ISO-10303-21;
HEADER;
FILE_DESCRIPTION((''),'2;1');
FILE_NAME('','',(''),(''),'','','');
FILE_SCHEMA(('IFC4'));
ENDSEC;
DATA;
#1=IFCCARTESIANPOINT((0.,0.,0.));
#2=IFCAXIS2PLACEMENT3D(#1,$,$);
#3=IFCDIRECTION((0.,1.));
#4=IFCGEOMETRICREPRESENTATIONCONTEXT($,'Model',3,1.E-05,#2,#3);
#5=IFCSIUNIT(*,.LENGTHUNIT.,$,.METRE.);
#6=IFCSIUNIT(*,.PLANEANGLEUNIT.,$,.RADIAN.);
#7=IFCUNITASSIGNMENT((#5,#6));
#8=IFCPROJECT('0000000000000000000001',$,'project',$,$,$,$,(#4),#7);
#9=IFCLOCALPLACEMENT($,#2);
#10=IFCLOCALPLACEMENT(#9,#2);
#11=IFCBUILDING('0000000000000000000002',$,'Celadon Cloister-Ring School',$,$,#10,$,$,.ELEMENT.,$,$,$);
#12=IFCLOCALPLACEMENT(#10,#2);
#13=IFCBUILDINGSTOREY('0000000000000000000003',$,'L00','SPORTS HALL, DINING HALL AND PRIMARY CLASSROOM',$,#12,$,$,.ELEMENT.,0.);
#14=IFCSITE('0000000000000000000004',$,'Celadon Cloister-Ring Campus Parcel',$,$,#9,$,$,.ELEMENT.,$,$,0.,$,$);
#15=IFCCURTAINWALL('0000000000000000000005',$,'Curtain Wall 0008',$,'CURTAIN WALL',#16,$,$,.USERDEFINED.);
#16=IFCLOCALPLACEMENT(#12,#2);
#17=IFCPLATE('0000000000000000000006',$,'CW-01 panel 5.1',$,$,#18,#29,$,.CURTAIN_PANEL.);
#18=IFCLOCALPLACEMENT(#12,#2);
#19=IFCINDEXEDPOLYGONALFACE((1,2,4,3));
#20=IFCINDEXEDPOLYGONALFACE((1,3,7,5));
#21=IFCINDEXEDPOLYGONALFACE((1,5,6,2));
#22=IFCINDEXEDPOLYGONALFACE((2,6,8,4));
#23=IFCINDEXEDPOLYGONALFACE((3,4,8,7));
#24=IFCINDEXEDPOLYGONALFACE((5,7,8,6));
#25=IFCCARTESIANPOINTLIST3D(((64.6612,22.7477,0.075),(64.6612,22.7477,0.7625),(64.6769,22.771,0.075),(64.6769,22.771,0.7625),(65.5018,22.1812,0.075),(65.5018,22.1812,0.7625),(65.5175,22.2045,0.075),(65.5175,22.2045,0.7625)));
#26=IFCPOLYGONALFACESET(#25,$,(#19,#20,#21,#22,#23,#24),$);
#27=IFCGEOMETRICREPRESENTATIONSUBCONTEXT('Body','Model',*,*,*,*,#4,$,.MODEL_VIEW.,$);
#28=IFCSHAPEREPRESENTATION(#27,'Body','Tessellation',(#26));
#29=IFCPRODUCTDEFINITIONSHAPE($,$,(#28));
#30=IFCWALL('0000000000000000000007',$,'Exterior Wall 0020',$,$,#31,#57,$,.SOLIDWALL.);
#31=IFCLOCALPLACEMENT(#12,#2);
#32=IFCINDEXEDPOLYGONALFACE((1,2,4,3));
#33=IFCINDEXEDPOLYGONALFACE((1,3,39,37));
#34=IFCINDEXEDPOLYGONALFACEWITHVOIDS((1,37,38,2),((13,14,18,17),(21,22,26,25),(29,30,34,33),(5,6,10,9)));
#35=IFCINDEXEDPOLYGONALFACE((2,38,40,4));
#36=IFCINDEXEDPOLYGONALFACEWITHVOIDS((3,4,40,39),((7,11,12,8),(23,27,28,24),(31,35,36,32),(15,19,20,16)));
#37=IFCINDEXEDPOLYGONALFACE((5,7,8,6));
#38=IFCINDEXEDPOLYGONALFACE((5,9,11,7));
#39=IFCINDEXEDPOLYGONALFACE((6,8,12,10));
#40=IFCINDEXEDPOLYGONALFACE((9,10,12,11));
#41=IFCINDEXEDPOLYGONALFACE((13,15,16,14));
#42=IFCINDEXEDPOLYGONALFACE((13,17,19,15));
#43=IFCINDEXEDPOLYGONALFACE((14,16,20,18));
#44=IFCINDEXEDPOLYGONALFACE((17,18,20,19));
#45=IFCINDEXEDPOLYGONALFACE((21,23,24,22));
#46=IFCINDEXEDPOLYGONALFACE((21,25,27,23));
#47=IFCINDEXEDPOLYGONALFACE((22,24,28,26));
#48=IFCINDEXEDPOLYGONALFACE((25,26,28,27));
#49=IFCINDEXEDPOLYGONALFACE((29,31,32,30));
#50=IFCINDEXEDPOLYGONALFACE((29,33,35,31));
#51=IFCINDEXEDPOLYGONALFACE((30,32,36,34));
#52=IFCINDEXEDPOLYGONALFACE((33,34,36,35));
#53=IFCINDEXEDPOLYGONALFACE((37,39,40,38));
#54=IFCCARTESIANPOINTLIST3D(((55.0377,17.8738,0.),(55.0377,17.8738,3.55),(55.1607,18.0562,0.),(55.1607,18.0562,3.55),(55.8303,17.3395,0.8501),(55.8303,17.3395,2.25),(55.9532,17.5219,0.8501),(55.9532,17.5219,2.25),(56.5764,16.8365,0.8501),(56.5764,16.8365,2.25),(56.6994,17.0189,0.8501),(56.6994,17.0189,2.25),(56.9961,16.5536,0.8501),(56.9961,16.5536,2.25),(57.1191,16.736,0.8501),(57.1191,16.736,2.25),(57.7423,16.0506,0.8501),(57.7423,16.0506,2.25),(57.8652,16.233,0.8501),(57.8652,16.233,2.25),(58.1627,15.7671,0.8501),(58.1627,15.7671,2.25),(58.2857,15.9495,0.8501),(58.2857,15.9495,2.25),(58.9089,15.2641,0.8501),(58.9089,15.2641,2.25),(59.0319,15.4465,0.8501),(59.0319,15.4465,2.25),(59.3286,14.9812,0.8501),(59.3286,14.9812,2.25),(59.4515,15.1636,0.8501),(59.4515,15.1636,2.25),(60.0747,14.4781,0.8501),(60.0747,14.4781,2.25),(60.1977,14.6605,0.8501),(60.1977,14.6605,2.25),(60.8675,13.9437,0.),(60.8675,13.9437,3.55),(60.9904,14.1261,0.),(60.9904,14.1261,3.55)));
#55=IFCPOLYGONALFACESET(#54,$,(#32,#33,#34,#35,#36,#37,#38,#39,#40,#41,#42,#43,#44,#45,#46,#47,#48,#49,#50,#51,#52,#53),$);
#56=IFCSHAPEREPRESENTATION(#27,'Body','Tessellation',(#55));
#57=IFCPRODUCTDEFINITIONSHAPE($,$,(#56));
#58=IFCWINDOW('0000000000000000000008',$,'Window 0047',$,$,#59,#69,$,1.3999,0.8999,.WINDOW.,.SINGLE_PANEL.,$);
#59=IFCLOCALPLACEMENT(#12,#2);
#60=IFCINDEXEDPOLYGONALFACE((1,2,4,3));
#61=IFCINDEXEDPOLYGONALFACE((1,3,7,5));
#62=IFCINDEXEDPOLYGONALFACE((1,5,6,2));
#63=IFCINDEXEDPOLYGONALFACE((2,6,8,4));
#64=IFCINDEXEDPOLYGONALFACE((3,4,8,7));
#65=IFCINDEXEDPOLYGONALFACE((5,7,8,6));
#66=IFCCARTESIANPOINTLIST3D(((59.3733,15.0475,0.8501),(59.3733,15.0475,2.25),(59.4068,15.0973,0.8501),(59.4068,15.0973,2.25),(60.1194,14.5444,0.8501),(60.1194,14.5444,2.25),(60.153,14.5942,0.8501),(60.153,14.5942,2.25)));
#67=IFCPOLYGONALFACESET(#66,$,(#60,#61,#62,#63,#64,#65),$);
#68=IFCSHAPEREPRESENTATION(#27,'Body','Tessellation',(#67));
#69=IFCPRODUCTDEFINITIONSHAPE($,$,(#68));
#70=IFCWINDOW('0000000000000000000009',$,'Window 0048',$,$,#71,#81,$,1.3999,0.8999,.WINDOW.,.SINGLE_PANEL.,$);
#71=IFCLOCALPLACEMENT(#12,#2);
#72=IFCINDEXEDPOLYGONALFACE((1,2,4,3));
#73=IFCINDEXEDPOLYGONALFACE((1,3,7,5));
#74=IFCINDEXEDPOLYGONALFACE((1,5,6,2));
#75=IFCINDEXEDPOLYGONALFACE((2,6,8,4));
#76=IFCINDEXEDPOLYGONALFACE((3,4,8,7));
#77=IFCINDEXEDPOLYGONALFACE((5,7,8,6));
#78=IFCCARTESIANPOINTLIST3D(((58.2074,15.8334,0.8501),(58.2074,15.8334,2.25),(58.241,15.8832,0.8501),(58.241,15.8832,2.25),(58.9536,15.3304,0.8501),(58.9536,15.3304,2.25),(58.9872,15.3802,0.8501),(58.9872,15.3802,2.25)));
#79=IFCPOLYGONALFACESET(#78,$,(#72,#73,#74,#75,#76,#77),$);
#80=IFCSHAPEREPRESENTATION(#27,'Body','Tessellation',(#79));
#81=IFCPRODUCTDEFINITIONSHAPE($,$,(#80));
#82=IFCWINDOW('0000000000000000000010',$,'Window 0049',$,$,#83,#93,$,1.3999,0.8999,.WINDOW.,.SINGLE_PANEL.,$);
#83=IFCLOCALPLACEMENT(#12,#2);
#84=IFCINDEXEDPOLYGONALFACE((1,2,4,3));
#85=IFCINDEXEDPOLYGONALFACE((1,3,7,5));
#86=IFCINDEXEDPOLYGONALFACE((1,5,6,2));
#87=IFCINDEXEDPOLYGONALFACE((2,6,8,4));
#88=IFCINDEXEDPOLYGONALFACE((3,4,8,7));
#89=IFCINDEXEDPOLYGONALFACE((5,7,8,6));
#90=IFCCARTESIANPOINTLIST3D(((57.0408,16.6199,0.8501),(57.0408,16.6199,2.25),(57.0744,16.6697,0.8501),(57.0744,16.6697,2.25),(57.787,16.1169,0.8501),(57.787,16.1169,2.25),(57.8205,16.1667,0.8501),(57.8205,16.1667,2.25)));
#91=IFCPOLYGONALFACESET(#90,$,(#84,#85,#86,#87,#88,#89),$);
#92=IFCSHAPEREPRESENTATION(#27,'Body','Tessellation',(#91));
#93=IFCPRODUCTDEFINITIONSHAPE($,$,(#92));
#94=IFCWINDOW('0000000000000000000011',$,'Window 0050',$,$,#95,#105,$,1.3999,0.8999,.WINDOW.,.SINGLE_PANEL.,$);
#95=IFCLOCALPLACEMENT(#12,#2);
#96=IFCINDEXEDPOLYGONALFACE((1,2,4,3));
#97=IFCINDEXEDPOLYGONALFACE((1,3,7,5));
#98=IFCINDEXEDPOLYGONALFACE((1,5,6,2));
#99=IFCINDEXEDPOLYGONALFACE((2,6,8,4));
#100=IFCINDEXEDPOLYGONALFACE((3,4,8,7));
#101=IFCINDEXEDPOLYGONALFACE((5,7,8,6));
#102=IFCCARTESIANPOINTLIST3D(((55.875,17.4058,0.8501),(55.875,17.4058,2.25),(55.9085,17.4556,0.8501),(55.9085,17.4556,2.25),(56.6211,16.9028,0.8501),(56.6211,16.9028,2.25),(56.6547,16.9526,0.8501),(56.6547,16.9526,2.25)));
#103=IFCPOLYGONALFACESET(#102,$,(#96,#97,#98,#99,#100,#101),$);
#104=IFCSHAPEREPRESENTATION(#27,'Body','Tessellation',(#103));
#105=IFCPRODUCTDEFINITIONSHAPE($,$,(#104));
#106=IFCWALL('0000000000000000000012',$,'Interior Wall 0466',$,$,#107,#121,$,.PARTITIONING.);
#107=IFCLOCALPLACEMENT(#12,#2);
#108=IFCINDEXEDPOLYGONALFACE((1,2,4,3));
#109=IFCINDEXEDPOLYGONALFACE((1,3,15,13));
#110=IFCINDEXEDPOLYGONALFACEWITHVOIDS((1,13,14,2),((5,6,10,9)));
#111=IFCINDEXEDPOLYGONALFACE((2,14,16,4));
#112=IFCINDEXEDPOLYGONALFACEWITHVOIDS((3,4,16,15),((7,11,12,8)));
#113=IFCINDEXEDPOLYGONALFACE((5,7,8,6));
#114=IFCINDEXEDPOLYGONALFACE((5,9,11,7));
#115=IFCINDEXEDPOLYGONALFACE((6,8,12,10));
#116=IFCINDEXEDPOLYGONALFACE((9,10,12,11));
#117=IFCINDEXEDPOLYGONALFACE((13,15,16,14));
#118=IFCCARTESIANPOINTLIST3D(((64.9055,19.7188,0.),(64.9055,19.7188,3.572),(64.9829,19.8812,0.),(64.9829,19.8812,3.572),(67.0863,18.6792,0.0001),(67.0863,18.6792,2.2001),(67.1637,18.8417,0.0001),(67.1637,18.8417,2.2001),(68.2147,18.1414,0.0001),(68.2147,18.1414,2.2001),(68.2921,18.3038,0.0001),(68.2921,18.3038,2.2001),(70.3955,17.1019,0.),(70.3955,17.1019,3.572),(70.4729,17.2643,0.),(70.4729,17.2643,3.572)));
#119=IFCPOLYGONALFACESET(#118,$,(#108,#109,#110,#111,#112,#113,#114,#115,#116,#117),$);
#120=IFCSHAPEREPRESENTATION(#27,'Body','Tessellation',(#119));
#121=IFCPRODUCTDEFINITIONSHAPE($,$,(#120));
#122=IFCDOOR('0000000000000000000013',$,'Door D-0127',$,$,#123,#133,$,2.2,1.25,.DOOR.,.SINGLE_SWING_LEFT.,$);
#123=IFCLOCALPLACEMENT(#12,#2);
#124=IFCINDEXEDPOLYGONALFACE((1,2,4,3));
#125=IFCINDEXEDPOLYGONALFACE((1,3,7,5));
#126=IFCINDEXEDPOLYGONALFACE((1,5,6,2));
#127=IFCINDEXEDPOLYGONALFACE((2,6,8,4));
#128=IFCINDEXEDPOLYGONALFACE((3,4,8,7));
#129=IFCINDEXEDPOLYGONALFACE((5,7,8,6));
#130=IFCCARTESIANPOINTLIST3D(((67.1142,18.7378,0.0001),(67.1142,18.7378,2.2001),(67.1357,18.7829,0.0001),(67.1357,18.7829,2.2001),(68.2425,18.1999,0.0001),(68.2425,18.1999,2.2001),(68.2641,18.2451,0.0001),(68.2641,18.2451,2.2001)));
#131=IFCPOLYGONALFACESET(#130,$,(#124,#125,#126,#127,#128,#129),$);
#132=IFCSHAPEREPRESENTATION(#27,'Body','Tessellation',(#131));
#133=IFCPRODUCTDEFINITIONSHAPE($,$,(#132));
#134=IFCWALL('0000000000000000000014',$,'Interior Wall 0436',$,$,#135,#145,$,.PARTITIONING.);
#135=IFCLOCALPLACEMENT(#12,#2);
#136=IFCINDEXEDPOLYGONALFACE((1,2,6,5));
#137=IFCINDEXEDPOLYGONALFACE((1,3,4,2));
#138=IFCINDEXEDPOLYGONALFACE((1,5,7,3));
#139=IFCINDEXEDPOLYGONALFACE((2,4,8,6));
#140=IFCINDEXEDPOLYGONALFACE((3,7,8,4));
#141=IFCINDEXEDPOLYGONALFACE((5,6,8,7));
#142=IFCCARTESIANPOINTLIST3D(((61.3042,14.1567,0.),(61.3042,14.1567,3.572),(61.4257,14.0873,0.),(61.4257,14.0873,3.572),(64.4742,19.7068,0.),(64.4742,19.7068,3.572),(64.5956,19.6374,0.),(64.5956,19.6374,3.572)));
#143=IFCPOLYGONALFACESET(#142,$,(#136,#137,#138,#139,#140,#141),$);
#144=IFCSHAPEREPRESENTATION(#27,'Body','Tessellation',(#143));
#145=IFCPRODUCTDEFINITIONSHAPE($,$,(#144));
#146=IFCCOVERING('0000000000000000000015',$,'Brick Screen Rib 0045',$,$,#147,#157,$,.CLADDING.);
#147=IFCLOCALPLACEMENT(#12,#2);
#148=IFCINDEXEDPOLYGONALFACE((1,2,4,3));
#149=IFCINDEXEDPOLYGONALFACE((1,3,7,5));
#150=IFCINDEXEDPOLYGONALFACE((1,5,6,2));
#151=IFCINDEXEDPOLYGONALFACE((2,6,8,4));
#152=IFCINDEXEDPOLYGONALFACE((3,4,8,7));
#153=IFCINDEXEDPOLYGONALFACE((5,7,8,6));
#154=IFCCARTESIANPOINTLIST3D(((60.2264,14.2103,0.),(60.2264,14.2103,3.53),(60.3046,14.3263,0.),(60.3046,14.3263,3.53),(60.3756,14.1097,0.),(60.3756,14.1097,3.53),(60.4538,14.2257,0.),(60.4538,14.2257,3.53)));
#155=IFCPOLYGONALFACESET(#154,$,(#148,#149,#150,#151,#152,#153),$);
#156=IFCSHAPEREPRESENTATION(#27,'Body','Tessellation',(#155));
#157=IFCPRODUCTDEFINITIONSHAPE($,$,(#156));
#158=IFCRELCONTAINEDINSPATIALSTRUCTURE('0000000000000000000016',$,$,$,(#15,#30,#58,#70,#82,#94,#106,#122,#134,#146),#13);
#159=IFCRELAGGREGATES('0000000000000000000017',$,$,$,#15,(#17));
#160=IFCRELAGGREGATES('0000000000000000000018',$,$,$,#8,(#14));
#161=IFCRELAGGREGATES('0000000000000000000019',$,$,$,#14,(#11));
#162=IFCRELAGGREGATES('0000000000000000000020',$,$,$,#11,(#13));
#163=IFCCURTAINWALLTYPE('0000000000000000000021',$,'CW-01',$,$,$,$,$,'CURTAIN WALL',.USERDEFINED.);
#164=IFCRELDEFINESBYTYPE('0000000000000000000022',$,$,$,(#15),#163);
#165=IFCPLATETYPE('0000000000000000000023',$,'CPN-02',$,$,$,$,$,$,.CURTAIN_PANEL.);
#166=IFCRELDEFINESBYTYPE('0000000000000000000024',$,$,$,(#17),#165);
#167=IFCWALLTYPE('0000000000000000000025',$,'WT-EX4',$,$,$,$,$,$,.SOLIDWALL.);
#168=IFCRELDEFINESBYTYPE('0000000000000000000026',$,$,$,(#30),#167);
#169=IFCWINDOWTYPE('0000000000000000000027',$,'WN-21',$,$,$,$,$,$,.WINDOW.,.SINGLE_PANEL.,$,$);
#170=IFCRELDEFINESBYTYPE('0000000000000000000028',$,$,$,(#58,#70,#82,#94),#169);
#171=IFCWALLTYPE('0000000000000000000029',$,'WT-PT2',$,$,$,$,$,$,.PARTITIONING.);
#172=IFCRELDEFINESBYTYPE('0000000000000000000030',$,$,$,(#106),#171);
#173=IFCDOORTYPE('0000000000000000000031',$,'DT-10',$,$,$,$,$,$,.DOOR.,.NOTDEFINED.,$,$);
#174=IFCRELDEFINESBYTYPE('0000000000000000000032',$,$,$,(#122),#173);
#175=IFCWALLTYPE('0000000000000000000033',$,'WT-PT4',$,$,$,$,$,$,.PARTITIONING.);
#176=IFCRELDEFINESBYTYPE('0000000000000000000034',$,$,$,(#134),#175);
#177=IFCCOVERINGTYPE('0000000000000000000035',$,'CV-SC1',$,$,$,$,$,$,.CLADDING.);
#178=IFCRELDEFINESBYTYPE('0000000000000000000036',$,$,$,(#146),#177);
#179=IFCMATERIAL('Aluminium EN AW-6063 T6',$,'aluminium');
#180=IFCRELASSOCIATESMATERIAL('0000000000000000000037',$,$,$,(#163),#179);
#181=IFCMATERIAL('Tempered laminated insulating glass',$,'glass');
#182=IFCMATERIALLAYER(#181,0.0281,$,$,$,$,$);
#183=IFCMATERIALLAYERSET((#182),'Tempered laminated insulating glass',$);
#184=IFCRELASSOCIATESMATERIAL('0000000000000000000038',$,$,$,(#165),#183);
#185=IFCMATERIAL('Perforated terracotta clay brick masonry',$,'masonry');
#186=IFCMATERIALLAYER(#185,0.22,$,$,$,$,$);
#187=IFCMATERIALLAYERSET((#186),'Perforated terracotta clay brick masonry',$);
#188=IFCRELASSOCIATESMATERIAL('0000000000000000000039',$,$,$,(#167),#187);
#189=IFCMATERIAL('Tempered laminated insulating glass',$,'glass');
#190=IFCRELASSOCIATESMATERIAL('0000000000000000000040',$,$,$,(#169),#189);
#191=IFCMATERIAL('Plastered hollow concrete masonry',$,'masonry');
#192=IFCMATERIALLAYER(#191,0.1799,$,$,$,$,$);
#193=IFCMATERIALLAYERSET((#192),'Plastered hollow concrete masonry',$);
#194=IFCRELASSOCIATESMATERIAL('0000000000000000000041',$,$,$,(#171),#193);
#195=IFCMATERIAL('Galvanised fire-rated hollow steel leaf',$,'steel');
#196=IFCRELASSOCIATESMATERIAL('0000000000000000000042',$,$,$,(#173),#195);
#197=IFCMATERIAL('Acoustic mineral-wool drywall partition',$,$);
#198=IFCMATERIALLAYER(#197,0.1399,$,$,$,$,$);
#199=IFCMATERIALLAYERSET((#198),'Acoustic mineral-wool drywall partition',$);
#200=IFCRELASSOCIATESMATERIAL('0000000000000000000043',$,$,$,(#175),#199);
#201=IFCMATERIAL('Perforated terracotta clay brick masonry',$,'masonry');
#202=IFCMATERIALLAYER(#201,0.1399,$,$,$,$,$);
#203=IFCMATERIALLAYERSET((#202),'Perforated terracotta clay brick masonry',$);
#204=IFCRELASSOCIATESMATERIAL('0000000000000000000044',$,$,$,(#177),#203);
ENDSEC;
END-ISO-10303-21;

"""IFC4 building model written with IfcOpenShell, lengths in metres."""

from ifc_helpers import new_model, si_unit, direction, frame, frame_2d, origin, origin_2d, place, context, subcontext, project, spatial, rectangle, extrude, material, layer, layer_set, type_object, element, fill, aggregate, save


model = new_model("IFC4")

# Units and contexts
model_context = context("Model", 3, precision=1e-05, world=origin(), true_north=direction((0.0, 1.0)))
body_context = subcontext(model_context, "Body", "Model", "MODEL_VIEW")
ifc_project = project(units=[si_unit("LENGTHUNIT", "METRE"), si_unit("PLANEANGLEUNIT", "RADIAN")], contexts=[model_context])

# Site, building, storey
site_placement = place(None, origin())
site = spatial("IfcSite", under=ifc_project, at=site_placement, Name="Celadon Cloister-Ring Campus Parcel", CompositionType="ELEMENT", RefElevation=0.0)
building_placement = place(site_placement, origin())
building = spatial("IfcBuilding", under=site, at=building_placement, Name="Celadon Cloister-Ring School", CompositionType="ELEMENT")
storey_placement = place(building_placement, origin())
storey = spatial("IfcBuildingStorey", under=building, at=storey_placement, Name="L00", Description="SPORTS HALL, DINING HALL AND PRIMARY CLASSROOM", CompositionType="ELEMENT", Elevation=0.0)

# Curtain wall
ifc_material_1 = material(Name="Aluminium EN AW-6063 T6", Category="aluminium")
curtain_wall_type = type_object("IfcCurtainWallType", Name="CW-01", ElementType="CURTAIN WALL", PredefinedType="USERDEFINED", material=ifc_material_1)
curtain_wall_placement = place(storey_placement, origin())
curtain_wall = element("IfcCurtainWall", 1, at=curtain_wall_placement, inside=storey, type_object=curtain_wall_type, Name="Curtain Wall 0008", ObjectType="CURTAIN WALL", PredefinedType="USERDEFINED")

# Plate
ifc_material_2 = material(Name="Tempered laminated insulating glass", Category="glass")
ifc_layer_1 = layer(ifc_material_2, 0.0281)
ifc_layer_set_1 = layer_set([ifc_layer_1], Name="Tempered laminated insulating glass")
plate_type = type_object("IfcPlateType", Name="CPN-02", PredefinedType="CURTAIN_PANEL", material=ifc_layer_set_1)
plate_placement = place(storey_placement, frame((65.0894, 22.4761, 0.075), z_axis=(0.0, 0.0, 1.0), x_axis=(0.829272, -0.558846, 0.0)))
plate = element("IfcPlate", 2, at=plate_placement, type_object=plate_type, Name="CW-01 panel 5.1", PredefinedType="CURTAIN_PANEL", context=body_context, shape_type="SweptSolid", body=[
    extrude(rectangle(XDim=1.0137, YDim=0.0281, at=origin_2d()), origin(), (0.0, 0.0, 1.0), 0.6875),
])
aggregate(curtain_wall, [plate])

# Wall, openings, windows
ifc_material_3 = material(Name="Perforated terracotta clay brick masonry", Category="masonry")
ifc_layer_2 = layer(ifc_material_3, 0.22)
ifc_layer_set_2 = layer_set([ifc_layer_2], Name="Perforated terracotta clay brick masonry")
wall_type_1 = type_object("IfcWallType", Name="WT-EX4", PredefinedType="SOLIDWALL", material=ifc_layer_set_2)
wall_1_placement = place(storey_placement, frame((60.929, 14.0349, 0.0), z_axis=(0.0, 0.0, 1.0), x_axis=(-0.829176, 0.558988, 0.0)))
wall_1 = element("IfcWall", 3, at=wall_1_placement, inside=storey, type_object=wall_type_1, Name="Exterior Wall 0020", PredefinedType="SOLIDWALL", context=body_context, shape_type="SweptSolid", body=[
    extrude(rectangle(XDim=7.0308, YDim=0.22, at=frame_2d((3.5154, 0.0))), origin(), (0.0, 0.0, 1.0), 3.55),
])
opening_1_placement = place(wall_1_placement, frame((0.9561, 0.0, 0.8501)))
opening_1 = element("IfcOpeningElement", 4, at=opening_1_placement, cuts=wall_1, PredefinedType="OPENING", context=body_context, shape_type="SweptSolid", body=[
    extrude(rectangle(XDim=0.8999, YDim=1.3999, at=frame_2d((0.45, 0.7))), frame((0.0, 0.1201, 0.0), z_axis=(0.0, -1.0, 0.0), x_axis=(1.0, 0.0, 0.0)), (0.0, 0.0, 1.0), 0.24),
])
opening_2_placement = place(wall_1_placement, frame((2.3621, 0.0, 0.8501)))
opening_2 = element("IfcOpeningElement", 5, at=opening_2_placement, cuts=wall_1, PredefinedType="OPENING", context=body_context, shape_type="SweptSolid", body=[
    extrude(rectangle(XDim=0.8999, YDim=1.3999, at=frame_2d((0.45, 0.7))), frame((0.0, 0.1201, 0.0), z_axis=(0.0, -1.0, 0.0), x_axis=(1.0, 0.0, 0.0)), (0.0, 0.0, 1.0), 0.24),
])
opening_3_placement = place(wall_1_placement, frame((3.769, 0.0, 0.8501)))
opening_3 = element("IfcOpeningElement", 6, at=opening_3_placement, cuts=wall_1, PredefinedType="OPENING", context=body_context, shape_type="SweptSolid", body=[
    extrude(rectangle(XDim=0.8999, YDim=1.3999, at=frame_2d((0.45, 0.7))), frame((0.0, 0.1201, 0.0), z_axis=(0.0, -1.0, 0.0), x_axis=(1.0, 0.0, 0.0)), (0.0, 0.0, 1.0), 0.24),
])
opening_4_placement = place(wall_1_placement, frame((5.175, 0.0, 0.8501)))
opening_4 = element("IfcOpeningElement", 7, at=opening_4_placement, cuts=wall_1, PredefinedType="OPENING", context=body_context, shape_type="SweptSolid", body=[
    extrude(rectangle(XDim=0.8999, YDim=1.3999, at=frame_2d((0.45, 0.7))), frame((0.0, 0.1201, 0.0), z_axis=(0.0, -1.0, 0.0), x_axis=(1.0, 0.0, 0.0)), (0.0, 0.0, 1.0), 0.24),
])
ifc_material_4 = material(Name="Tempered laminated insulating glass", Category="glass")
window_type = type_object("IfcWindowType", Name="WN-21", PartitioningType="SINGLE_PANEL", PredefinedType="WINDOW", material=ifc_material_4)
window_1_placement = place(opening_1_placement, origin())
window_1 = element("IfcWindow", 8, at=window_1_placement, inside=storey, type_object=window_type, Name="Window 0047", OverallHeight=1.3999, OverallWidth=0.8999, PartitioningType="SINGLE_PANEL", PredefinedType="WINDOW", context=body_context, shape_type="SweptSolid", body=[
    extrude(rectangle(XDim=0.8999, YDim=1.3999, at=frame_2d((0.45, 0.7))), frame((0.0, 0.03, 0.0), z_axis=(0.0, -1.0, 0.0), x_axis=(1.0, 0.0, 0.0)), (0.0, 0.0, 1.0), 0.0601),
])
fill(opening_1, window_1)
window_2_placement = place(opening_2_placement, origin())
window_2 = element("IfcWindow", 9, at=window_2_placement, inside=storey, type_object=window_type, Name="Window 0048", OverallHeight=1.3999, OverallWidth=0.8999, PartitioningType="SINGLE_PANEL", PredefinedType="WINDOW", context=body_context, shape_type="SweptSolid", body=[
    extrude(rectangle(XDim=0.8999, YDim=1.3999, at=frame_2d((0.45, 0.7))), frame((0.0, 0.03, 0.0), z_axis=(0.0, -1.0, 0.0), x_axis=(1.0, 0.0, 0.0)), (0.0, 0.0, 1.0), 0.0601),
])
fill(opening_2, window_2)
window_3_placement = place(opening_3_placement, origin())
window_3 = element("IfcWindow", 10, at=window_3_placement, inside=storey, type_object=window_type, Name="Window 0049", OverallHeight=1.3999, OverallWidth=0.8999, PartitioningType="SINGLE_PANEL", PredefinedType="WINDOW", context=body_context, shape_type="SweptSolid", body=[
    extrude(rectangle(XDim=0.8999, YDim=1.3999, at=frame_2d((0.45, 0.7))), frame((0.0, 0.03, 0.0), z_axis=(0.0, -1.0, 0.0), x_axis=(1.0, 0.0, 0.0)), (0.0, 0.0, 1.0), 0.0601),
])
fill(opening_3, window_3)
window_4_placement = place(opening_4_placement, origin())
window_4 = element("IfcWindow", 11, at=window_4_placement, inside=storey, type_object=window_type, Name="Window 0050", OverallHeight=1.3999, OverallWidth=0.8999, PartitioningType="SINGLE_PANEL", PredefinedType="WINDOW", context=body_context, shape_type="SweptSolid", body=[
    extrude(rectangle(XDim=0.8999, YDim=1.3999, at=frame_2d((0.45, 0.7))), frame((0.0, 0.03, 0.0), z_axis=(0.0, -1.0, 0.0), x_axis=(1.0, 0.0, 0.0)), (0.0, 0.0, 1.0), 0.0601),
])
fill(opening_4, window_4)

# Wall, opening, door
ifc_material_5 = material(Name="Plastered hollow concrete masonry", Category="masonry")
ifc_layer_3 = layer(ifc_material_5, 0.1799)
ifc_layer_set_3 = layer_set([ifc_layer_3], Name="Plastered hollow concrete masonry")
wall_type_2 = type_object("IfcWallType", Name="WT-PT2", PredefinedType="PARTITIONING", material=ifc_layer_set_3)
wall_2_placement = place(storey_placement, frame((64.9441, 19.8, 0.0), z_axis=(0.0, 0.0, 1.0), x_axis=(0.902691, -0.43029, 0.0)))
wall_2 = element("IfcWall", 12, at=wall_2_placement, inside=storey, type_object=wall_type_2, Name="Interior Wall 0466", PredefinedType="PARTITIONING", context=body_context, shape_type="SweptSolid", body=[
    extrude(rectangle(XDim=6.0818, YDim=0.1799, at=frame_2d((3.041, 0.0))), origin(), (0.0, 0.0, 1.0), 3.572),
])
opening_5_placement = place(wall_2_placement, frame((2.416, 0.0, 0.0)))
opening_5 = element("IfcOpeningElement", 13, at=opening_5_placement, cuts=wall_2, PredefinedType="OPENING", context=body_context, shape_type="SweptSolid", body=[
    extrude(rectangle(XDim=1.25, YDim=2.2, at=frame_2d((0.625, 1.1001))), frame((0.0, 0.1001, 0.0), z_axis=(0.0, -1.0, 0.0), x_axis=(1.0, 0.0, 0.0)), (0.0, 0.0, 1.0), 0.2),
])
ifc_material_6 = material(Name="Galvanised fire-rated hollow steel leaf", Category="steel")
door_type = type_object("IfcDoorType", Name="DT-10", OperationType="NOTDEFINED", PredefinedType="DOOR", material=ifc_material_6)
door_placement = place(opening_5_placement, origin())
door = element("IfcDoor", 14, at=door_placement, inside=storey, type_object=door_type, Name="Door D-0127", OperationType="SINGLE_SWING_LEFT", OverallHeight=2.2, OverallWidth=1.25, PredefinedType="DOOR", context=body_context, shape_type="SweptSolid", body=[
    extrude(rectangle(XDim=1.25, YDim=2.2, at=frame_2d((0.625, 1.1001))), frame((0.0, 0.0249, 0.0), z_axis=(0.0, -1.0, 0.0), x_axis=(1.0, 0.0, 0.0)), (0.0, 0.0, 1.0), 0.05),
])
fill(opening_5, door)

# Wall
ifc_material_7 = material(Name="Acoustic mineral-wool drywall partition")
ifc_layer_4 = layer(ifc_material_7, 0.1399)
ifc_layer_set_4 = layer_set([ifc_layer_4], Name="Acoustic mineral-wool drywall partition")
wall_type_3 = type_object("IfcWallType", Name="WT-PT4", PredefinedType="PARTITIONING", material=ifc_layer_set_4)
wall_3_placement = place(storey_placement, frame((64.5349, 19.6721, 0.0), z_axis=(0.0, 0.0, 1.0), x_axis=(-0.495958, -0.868347, 0.0)))
element("IfcWall", 15, at=wall_3_placement, inside=storey, type_object=wall_type_3, Name="Interior Wall 0436", PredefinedType="PARTITIONING", context=body_context, shape_type="SweptSolid", body=[
    extrude(rectangle(XDim=6.3916, YDim=0.1399, at=frame_2d((3.1958, 0.0))), origin(), (0.0, 0.0, 1.0), 3.572),
])

# Covering
ifc_material_8 = material(Name="Perforated terracotta clay brick masonry", Category="masonry")
ifc_layer_5 = layer(ifc_material_8, 0.1399)
ifc_layer_set_5 = layer_set([ifc_layer_5], Name="Perforated terracotta clay brick masonry")
covering_type = type_object("IfcCoveringType", Name="CV-SC1", PredefinedType="CLADDING", material=ifc_layer_set_5)
for number, where, z_axis, x_axis, name in (
    (16, (60.3401, 14.218, 0.0), (0.0, 0.0, 1.0), (-0.829194, 0.558961, 0.0), "Brick Screen Rib 0045"),
):
    element("IfcCovering", number, at=place(storey_placement, frame(where, z_axis=z_axis, x_axis=x_axis)), inside=storey, type_object=covering_type, Name=name, PredefinedType="CLADDING", context=body_context, shape_type="SweptSolid", body=[
        extrude(rectangle(XDim=0.1799, YDim=0.1399, at=origin_2d()), origin(), (0.0, 0.0, 1.0), 3.53),
    ])

save(model, "model.ifc")
